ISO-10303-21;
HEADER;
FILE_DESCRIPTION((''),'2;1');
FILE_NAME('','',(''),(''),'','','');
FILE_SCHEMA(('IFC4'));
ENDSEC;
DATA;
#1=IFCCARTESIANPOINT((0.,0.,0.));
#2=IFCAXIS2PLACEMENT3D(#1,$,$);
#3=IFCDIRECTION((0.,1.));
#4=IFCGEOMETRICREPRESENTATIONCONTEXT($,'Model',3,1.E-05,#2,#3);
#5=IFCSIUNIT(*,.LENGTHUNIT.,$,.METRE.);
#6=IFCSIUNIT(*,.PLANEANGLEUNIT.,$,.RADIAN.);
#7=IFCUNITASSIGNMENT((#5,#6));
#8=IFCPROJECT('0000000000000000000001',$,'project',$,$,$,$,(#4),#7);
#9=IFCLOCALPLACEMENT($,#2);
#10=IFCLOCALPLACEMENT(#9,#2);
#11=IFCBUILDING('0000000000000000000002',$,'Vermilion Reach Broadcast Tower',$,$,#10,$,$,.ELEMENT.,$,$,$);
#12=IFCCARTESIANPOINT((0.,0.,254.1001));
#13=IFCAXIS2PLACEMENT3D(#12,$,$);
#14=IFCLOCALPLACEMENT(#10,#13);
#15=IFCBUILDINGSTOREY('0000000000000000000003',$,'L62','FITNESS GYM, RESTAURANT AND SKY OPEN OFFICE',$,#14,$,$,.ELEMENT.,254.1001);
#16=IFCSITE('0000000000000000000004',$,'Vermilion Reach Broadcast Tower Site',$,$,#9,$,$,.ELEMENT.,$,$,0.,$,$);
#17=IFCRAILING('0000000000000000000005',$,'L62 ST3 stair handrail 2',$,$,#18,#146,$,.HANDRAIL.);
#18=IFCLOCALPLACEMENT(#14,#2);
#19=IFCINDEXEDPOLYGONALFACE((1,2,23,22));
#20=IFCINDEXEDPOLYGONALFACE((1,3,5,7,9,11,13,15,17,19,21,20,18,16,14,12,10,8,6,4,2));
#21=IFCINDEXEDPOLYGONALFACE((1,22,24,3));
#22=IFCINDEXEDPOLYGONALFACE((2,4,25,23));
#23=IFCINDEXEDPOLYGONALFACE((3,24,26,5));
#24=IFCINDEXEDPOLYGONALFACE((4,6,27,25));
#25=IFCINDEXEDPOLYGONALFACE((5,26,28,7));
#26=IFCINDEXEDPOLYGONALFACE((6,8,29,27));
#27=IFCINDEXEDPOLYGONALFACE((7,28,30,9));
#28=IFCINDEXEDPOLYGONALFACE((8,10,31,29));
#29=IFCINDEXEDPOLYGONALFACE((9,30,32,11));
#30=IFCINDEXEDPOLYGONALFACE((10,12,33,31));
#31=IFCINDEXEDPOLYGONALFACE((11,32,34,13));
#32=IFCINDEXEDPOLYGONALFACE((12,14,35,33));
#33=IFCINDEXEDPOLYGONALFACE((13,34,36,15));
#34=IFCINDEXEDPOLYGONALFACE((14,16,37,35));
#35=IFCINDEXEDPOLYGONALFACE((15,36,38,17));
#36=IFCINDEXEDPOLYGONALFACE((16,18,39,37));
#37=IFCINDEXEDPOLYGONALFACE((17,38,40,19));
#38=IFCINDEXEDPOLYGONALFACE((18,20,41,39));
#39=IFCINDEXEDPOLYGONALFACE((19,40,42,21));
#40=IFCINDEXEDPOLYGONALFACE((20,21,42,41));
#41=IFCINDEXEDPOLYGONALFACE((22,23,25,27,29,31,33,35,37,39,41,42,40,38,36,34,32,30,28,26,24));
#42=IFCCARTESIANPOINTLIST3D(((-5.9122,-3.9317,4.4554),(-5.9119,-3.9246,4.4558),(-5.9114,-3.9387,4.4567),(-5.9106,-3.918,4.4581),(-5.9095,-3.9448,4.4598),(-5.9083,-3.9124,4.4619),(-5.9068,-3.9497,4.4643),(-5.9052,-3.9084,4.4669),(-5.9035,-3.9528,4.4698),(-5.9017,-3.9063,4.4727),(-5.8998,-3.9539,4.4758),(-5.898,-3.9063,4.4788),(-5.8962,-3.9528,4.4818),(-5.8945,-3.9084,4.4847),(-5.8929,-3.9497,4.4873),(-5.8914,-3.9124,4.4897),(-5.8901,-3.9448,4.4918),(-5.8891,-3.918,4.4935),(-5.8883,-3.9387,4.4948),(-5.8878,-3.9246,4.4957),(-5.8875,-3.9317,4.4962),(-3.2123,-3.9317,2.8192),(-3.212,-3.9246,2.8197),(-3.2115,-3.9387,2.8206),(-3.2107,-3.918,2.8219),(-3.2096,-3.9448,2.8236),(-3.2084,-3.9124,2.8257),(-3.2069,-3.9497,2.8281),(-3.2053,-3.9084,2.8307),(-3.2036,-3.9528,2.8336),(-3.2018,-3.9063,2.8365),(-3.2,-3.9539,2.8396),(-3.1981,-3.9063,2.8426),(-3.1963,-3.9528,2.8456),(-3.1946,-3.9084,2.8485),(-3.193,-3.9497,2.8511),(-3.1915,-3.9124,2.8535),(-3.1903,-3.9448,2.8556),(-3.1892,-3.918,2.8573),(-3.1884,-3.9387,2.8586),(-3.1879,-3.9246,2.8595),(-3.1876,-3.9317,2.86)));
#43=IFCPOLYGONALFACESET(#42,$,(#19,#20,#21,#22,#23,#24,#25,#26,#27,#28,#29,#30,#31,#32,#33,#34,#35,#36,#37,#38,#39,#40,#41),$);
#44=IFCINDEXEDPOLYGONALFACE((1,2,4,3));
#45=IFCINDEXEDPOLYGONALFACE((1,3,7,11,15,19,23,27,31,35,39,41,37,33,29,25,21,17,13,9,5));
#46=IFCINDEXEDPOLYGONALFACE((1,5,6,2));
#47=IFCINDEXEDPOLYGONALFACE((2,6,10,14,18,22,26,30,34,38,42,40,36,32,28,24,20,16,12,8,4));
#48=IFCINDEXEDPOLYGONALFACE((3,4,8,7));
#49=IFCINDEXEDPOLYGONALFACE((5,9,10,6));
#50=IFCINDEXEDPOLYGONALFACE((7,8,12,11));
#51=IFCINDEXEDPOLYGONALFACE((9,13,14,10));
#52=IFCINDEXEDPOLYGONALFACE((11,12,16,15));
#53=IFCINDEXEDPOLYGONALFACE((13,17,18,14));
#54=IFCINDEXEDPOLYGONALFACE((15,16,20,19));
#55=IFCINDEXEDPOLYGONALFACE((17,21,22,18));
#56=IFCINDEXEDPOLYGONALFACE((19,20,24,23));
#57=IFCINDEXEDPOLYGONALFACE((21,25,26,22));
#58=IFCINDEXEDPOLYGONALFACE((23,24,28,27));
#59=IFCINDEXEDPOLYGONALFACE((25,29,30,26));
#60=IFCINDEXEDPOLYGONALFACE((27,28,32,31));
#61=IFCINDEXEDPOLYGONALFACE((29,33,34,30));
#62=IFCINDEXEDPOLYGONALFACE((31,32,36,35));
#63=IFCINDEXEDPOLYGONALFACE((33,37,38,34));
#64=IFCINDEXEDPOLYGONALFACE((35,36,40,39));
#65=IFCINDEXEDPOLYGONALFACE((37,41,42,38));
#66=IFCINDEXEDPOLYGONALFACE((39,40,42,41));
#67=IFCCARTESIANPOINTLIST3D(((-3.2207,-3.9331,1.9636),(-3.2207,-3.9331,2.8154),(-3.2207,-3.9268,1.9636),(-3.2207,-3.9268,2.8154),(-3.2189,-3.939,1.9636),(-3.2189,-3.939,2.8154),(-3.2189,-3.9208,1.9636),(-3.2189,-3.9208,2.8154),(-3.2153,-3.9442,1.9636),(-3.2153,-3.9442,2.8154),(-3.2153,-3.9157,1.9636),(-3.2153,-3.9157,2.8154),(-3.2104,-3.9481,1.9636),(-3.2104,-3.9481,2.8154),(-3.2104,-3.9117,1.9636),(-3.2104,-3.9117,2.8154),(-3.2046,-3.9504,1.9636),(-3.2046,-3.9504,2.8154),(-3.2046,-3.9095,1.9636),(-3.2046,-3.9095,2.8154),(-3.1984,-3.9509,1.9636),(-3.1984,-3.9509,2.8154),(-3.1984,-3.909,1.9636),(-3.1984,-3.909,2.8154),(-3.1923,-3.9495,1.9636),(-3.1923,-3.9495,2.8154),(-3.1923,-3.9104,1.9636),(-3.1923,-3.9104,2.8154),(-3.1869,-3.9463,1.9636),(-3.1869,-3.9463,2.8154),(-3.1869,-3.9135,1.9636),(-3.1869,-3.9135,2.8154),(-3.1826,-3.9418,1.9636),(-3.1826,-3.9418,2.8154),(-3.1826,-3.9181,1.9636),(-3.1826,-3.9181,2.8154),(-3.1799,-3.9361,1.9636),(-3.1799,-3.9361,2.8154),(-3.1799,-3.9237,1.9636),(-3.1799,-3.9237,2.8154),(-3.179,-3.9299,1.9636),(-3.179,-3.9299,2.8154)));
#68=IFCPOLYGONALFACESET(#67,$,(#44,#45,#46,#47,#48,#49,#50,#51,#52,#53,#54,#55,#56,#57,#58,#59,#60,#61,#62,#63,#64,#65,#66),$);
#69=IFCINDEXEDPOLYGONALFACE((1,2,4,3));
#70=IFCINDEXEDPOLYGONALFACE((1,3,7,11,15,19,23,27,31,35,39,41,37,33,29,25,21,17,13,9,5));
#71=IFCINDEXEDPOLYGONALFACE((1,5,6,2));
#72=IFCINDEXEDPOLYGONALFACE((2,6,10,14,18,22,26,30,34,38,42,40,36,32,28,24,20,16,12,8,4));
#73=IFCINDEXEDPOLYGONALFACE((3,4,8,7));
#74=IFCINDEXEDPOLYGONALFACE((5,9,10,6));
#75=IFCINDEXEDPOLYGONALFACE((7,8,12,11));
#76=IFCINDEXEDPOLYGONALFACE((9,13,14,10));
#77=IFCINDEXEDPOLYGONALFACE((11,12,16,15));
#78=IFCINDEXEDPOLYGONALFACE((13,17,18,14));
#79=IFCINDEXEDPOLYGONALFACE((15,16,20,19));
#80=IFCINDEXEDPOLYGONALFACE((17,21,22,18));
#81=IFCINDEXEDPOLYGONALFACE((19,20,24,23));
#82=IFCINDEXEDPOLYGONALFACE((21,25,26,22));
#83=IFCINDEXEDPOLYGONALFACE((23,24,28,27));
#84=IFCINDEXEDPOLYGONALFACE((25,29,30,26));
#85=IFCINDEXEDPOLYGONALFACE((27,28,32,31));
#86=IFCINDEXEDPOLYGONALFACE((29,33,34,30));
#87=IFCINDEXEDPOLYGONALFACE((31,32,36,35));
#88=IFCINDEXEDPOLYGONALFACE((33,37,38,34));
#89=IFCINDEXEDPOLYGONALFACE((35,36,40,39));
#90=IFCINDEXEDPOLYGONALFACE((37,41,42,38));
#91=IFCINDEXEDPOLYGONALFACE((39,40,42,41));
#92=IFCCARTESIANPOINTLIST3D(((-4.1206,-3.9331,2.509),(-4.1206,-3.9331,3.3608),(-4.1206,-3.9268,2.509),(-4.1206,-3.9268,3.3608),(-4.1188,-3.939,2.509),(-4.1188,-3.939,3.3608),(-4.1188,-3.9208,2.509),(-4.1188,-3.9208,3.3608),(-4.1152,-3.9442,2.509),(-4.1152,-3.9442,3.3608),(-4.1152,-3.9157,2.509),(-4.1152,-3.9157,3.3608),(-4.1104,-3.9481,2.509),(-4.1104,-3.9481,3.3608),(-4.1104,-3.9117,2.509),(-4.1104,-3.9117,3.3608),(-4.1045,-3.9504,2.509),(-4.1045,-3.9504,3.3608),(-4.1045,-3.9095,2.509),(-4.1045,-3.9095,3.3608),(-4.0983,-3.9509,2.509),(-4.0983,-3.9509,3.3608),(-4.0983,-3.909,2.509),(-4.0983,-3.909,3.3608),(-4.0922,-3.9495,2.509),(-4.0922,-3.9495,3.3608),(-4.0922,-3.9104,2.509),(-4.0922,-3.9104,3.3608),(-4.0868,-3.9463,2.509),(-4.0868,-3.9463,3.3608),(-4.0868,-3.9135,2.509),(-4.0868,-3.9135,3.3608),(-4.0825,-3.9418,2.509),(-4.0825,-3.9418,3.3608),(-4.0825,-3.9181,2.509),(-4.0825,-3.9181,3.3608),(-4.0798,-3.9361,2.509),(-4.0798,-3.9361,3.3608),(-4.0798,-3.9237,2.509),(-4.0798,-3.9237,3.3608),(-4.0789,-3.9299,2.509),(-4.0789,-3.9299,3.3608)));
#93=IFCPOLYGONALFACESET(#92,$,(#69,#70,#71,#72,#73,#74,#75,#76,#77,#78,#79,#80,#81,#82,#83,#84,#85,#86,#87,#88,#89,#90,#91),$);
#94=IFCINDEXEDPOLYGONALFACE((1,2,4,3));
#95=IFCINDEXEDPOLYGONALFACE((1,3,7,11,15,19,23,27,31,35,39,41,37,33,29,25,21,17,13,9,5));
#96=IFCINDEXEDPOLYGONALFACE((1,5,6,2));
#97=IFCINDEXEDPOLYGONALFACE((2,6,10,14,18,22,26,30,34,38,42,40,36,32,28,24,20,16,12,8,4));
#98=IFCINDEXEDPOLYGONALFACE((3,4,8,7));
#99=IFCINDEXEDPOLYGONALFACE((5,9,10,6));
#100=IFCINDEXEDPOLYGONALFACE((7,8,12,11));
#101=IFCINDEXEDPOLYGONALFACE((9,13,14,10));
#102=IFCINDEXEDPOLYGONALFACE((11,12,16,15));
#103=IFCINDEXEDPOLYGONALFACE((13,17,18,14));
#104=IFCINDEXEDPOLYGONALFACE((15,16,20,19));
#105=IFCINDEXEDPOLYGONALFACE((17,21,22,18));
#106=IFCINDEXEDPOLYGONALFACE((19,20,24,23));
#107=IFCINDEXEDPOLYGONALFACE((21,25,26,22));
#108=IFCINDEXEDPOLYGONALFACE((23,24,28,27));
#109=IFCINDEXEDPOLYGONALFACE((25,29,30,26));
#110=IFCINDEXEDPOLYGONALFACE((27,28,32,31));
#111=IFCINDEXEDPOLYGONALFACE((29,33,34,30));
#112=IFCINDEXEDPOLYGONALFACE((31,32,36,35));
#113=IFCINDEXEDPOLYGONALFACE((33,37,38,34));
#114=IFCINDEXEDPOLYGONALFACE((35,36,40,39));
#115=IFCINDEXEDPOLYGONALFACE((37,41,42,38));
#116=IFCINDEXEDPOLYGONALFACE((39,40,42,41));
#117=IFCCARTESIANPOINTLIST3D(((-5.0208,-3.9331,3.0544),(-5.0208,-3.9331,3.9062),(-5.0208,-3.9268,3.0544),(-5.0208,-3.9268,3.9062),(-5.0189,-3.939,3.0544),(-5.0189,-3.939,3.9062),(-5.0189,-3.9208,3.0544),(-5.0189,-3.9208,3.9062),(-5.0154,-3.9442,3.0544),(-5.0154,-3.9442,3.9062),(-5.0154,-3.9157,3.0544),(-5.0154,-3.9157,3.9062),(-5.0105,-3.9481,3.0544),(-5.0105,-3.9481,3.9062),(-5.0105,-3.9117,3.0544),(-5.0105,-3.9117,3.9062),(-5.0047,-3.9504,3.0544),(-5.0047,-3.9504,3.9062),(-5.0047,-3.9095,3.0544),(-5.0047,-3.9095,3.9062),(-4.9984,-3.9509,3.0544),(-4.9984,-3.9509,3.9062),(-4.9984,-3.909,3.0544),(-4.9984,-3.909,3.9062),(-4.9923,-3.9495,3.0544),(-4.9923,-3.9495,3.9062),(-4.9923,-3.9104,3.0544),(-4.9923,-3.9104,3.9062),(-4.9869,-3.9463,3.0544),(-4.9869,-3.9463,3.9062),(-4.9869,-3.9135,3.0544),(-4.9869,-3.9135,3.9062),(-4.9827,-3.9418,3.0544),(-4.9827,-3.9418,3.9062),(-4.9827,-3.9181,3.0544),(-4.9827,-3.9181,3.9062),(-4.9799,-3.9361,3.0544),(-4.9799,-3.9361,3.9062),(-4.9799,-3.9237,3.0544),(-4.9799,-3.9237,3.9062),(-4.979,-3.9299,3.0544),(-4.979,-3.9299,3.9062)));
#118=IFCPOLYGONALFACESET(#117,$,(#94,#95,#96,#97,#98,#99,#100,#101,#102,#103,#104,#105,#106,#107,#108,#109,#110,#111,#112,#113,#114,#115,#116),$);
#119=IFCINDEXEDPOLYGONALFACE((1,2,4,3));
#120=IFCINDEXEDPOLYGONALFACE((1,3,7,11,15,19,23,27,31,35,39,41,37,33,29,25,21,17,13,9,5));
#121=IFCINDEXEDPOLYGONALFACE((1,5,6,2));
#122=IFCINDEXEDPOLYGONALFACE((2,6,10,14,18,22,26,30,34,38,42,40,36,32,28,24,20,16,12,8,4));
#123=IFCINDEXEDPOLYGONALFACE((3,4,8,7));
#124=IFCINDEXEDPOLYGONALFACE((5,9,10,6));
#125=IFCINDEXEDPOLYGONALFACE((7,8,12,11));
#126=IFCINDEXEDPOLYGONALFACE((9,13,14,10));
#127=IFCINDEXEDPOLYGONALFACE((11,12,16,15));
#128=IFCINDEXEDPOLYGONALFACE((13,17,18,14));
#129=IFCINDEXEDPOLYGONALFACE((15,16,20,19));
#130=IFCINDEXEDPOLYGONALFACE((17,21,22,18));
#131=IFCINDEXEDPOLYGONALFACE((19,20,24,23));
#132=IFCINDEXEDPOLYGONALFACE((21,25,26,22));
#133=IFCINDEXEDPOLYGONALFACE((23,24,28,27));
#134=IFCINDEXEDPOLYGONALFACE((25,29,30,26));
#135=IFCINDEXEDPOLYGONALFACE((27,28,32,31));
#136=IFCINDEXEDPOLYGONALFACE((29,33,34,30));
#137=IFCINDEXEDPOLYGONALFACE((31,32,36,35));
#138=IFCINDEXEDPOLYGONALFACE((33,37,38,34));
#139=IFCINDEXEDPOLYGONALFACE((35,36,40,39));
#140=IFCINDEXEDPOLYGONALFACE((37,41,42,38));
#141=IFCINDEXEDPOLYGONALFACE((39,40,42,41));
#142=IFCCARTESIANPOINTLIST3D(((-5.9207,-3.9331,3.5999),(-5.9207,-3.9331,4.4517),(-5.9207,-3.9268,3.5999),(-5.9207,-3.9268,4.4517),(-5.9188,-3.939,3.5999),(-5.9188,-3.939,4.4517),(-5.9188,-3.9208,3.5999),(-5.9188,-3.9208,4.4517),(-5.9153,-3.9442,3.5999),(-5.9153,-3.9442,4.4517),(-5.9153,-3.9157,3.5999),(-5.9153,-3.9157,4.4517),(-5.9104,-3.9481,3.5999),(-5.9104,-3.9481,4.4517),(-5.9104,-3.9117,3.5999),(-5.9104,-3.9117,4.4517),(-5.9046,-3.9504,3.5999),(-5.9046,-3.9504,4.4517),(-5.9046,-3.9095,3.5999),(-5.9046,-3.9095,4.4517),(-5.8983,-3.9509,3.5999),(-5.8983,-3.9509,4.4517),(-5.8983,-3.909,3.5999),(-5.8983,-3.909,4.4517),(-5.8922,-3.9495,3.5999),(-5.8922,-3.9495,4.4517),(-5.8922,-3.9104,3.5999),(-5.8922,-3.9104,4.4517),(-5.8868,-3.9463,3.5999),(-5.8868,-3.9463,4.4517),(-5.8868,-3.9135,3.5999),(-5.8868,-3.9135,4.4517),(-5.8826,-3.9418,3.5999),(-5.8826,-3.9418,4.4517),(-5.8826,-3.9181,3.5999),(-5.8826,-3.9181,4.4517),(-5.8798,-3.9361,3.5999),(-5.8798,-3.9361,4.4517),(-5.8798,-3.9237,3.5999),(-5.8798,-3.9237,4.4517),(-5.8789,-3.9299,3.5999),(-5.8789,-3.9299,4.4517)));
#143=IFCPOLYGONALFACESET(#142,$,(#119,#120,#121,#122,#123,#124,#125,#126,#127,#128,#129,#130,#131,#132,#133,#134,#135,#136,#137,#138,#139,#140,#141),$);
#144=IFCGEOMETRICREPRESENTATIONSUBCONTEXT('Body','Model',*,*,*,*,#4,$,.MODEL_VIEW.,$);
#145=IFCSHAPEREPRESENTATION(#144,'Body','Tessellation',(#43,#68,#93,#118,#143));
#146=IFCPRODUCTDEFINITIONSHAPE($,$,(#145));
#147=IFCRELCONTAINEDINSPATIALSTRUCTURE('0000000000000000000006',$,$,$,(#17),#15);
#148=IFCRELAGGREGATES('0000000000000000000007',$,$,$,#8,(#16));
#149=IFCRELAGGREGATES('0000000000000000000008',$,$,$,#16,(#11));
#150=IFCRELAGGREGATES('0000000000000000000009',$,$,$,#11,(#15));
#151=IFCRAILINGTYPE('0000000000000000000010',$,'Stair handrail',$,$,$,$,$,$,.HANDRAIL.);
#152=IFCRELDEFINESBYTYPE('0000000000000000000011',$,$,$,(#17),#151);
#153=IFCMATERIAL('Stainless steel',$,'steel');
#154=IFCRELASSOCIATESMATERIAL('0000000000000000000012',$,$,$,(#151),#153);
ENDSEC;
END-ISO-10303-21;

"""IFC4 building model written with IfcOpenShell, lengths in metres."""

from ifc_helpers import new_model, si_unit, direction, frame, origin, origin_2d, place, context, subcontext, project, spatial, circle, extrude, material, type_object, element, save


model = new_model("IFC4")

# Units and contexts
model_context = context("Model", 3, precision=1e-05, world=origin(), true_north=direction((0.0, 1.0)))
body_context = subcontext(model_context, "Body", "Model", "MODEL_VIEW")
ifc_project = project(units=[si_unit("LENGTHUNIT", "METRE"), si_unit("PLANEANGLEUNIT", "RADIAN")], contexts=[model_context])

# Site, building, storey
site_placement = place(None, origin())
site = spatial("IfcSite", under=ifc_project, at=site_placement, Name="Vermilion Reach Broadcast Tower Site", CompositionType="ELEMENT", RefElevation=0.0)
building_placement = place(site_placement, origin())
building = spatial("IfcBuilding", under=site, at=building_placement, Name="Vermilion Reach Broadcast Tower", CompositionType="ELEMENT")
storey_placement = place(building_placement, frame((0.0, 0.0, 254.1001)))
storey = spatial("IfcBuildingStorey", under=building, at=storey_placement, Name="L62", Description="FITNESS GYM, RESTAURANT AND SKY OPEN OFFICE", CompositionType="ELEMENT", Elevation=254.1001)

# Railing
ifc_material_1 = material(Name="Stainless steel", Category="steel")
railing_type_1 = type_object("IfcRailingType", Name="Stair handrail", PredefinedType="HANDRAIL", material=ifc_material_1)
railing_1_placement = place(storey_placement, frame((-3.2, -3.9299, 1.9636)))
element("IfcRailing", 1, at=railing_1_placement, inside=storey, type_object=railing_type_1, Name="L62 ST3 stair handrail 2", PredefinedType="HANDRAIL", context=body_context, shape_type="SweptSolid", body=[
    extrude(circle(Radius=0.0239, at=origin_2d()), frame((0.0, 0.0, 0.876), z_axis=(-0.855212, 0.0, 0.518278), x_axis=(0.0, -1.0, 0.0)), (0.0, 0.0, 1.0), 3.157),
    extrude(circle(Radius=0.021, at=origin_2d()), origin(), (0.0, 0.0, 1.0), 0.8518),
    extrude(circle(Radius=0.021, at=origin_2d()), frame((-0.8999, 0.0, 0.5454)), (0.0, 0.0, 1.0), 0.8518),
    extrude(circle(Radius=0.021, at=origin_2d()), frame((-1.8, 0.0, 1.0908)), (0.0, 0.0, 1.0), 0.8518),
    extrude(circle(Radius=0.021, at=origin_2d()), frame((-2.7, 0.0, 1.6362)), (0.0, 0.0, 1.0), 0.8518),
])

save(model, "model.ifc")
